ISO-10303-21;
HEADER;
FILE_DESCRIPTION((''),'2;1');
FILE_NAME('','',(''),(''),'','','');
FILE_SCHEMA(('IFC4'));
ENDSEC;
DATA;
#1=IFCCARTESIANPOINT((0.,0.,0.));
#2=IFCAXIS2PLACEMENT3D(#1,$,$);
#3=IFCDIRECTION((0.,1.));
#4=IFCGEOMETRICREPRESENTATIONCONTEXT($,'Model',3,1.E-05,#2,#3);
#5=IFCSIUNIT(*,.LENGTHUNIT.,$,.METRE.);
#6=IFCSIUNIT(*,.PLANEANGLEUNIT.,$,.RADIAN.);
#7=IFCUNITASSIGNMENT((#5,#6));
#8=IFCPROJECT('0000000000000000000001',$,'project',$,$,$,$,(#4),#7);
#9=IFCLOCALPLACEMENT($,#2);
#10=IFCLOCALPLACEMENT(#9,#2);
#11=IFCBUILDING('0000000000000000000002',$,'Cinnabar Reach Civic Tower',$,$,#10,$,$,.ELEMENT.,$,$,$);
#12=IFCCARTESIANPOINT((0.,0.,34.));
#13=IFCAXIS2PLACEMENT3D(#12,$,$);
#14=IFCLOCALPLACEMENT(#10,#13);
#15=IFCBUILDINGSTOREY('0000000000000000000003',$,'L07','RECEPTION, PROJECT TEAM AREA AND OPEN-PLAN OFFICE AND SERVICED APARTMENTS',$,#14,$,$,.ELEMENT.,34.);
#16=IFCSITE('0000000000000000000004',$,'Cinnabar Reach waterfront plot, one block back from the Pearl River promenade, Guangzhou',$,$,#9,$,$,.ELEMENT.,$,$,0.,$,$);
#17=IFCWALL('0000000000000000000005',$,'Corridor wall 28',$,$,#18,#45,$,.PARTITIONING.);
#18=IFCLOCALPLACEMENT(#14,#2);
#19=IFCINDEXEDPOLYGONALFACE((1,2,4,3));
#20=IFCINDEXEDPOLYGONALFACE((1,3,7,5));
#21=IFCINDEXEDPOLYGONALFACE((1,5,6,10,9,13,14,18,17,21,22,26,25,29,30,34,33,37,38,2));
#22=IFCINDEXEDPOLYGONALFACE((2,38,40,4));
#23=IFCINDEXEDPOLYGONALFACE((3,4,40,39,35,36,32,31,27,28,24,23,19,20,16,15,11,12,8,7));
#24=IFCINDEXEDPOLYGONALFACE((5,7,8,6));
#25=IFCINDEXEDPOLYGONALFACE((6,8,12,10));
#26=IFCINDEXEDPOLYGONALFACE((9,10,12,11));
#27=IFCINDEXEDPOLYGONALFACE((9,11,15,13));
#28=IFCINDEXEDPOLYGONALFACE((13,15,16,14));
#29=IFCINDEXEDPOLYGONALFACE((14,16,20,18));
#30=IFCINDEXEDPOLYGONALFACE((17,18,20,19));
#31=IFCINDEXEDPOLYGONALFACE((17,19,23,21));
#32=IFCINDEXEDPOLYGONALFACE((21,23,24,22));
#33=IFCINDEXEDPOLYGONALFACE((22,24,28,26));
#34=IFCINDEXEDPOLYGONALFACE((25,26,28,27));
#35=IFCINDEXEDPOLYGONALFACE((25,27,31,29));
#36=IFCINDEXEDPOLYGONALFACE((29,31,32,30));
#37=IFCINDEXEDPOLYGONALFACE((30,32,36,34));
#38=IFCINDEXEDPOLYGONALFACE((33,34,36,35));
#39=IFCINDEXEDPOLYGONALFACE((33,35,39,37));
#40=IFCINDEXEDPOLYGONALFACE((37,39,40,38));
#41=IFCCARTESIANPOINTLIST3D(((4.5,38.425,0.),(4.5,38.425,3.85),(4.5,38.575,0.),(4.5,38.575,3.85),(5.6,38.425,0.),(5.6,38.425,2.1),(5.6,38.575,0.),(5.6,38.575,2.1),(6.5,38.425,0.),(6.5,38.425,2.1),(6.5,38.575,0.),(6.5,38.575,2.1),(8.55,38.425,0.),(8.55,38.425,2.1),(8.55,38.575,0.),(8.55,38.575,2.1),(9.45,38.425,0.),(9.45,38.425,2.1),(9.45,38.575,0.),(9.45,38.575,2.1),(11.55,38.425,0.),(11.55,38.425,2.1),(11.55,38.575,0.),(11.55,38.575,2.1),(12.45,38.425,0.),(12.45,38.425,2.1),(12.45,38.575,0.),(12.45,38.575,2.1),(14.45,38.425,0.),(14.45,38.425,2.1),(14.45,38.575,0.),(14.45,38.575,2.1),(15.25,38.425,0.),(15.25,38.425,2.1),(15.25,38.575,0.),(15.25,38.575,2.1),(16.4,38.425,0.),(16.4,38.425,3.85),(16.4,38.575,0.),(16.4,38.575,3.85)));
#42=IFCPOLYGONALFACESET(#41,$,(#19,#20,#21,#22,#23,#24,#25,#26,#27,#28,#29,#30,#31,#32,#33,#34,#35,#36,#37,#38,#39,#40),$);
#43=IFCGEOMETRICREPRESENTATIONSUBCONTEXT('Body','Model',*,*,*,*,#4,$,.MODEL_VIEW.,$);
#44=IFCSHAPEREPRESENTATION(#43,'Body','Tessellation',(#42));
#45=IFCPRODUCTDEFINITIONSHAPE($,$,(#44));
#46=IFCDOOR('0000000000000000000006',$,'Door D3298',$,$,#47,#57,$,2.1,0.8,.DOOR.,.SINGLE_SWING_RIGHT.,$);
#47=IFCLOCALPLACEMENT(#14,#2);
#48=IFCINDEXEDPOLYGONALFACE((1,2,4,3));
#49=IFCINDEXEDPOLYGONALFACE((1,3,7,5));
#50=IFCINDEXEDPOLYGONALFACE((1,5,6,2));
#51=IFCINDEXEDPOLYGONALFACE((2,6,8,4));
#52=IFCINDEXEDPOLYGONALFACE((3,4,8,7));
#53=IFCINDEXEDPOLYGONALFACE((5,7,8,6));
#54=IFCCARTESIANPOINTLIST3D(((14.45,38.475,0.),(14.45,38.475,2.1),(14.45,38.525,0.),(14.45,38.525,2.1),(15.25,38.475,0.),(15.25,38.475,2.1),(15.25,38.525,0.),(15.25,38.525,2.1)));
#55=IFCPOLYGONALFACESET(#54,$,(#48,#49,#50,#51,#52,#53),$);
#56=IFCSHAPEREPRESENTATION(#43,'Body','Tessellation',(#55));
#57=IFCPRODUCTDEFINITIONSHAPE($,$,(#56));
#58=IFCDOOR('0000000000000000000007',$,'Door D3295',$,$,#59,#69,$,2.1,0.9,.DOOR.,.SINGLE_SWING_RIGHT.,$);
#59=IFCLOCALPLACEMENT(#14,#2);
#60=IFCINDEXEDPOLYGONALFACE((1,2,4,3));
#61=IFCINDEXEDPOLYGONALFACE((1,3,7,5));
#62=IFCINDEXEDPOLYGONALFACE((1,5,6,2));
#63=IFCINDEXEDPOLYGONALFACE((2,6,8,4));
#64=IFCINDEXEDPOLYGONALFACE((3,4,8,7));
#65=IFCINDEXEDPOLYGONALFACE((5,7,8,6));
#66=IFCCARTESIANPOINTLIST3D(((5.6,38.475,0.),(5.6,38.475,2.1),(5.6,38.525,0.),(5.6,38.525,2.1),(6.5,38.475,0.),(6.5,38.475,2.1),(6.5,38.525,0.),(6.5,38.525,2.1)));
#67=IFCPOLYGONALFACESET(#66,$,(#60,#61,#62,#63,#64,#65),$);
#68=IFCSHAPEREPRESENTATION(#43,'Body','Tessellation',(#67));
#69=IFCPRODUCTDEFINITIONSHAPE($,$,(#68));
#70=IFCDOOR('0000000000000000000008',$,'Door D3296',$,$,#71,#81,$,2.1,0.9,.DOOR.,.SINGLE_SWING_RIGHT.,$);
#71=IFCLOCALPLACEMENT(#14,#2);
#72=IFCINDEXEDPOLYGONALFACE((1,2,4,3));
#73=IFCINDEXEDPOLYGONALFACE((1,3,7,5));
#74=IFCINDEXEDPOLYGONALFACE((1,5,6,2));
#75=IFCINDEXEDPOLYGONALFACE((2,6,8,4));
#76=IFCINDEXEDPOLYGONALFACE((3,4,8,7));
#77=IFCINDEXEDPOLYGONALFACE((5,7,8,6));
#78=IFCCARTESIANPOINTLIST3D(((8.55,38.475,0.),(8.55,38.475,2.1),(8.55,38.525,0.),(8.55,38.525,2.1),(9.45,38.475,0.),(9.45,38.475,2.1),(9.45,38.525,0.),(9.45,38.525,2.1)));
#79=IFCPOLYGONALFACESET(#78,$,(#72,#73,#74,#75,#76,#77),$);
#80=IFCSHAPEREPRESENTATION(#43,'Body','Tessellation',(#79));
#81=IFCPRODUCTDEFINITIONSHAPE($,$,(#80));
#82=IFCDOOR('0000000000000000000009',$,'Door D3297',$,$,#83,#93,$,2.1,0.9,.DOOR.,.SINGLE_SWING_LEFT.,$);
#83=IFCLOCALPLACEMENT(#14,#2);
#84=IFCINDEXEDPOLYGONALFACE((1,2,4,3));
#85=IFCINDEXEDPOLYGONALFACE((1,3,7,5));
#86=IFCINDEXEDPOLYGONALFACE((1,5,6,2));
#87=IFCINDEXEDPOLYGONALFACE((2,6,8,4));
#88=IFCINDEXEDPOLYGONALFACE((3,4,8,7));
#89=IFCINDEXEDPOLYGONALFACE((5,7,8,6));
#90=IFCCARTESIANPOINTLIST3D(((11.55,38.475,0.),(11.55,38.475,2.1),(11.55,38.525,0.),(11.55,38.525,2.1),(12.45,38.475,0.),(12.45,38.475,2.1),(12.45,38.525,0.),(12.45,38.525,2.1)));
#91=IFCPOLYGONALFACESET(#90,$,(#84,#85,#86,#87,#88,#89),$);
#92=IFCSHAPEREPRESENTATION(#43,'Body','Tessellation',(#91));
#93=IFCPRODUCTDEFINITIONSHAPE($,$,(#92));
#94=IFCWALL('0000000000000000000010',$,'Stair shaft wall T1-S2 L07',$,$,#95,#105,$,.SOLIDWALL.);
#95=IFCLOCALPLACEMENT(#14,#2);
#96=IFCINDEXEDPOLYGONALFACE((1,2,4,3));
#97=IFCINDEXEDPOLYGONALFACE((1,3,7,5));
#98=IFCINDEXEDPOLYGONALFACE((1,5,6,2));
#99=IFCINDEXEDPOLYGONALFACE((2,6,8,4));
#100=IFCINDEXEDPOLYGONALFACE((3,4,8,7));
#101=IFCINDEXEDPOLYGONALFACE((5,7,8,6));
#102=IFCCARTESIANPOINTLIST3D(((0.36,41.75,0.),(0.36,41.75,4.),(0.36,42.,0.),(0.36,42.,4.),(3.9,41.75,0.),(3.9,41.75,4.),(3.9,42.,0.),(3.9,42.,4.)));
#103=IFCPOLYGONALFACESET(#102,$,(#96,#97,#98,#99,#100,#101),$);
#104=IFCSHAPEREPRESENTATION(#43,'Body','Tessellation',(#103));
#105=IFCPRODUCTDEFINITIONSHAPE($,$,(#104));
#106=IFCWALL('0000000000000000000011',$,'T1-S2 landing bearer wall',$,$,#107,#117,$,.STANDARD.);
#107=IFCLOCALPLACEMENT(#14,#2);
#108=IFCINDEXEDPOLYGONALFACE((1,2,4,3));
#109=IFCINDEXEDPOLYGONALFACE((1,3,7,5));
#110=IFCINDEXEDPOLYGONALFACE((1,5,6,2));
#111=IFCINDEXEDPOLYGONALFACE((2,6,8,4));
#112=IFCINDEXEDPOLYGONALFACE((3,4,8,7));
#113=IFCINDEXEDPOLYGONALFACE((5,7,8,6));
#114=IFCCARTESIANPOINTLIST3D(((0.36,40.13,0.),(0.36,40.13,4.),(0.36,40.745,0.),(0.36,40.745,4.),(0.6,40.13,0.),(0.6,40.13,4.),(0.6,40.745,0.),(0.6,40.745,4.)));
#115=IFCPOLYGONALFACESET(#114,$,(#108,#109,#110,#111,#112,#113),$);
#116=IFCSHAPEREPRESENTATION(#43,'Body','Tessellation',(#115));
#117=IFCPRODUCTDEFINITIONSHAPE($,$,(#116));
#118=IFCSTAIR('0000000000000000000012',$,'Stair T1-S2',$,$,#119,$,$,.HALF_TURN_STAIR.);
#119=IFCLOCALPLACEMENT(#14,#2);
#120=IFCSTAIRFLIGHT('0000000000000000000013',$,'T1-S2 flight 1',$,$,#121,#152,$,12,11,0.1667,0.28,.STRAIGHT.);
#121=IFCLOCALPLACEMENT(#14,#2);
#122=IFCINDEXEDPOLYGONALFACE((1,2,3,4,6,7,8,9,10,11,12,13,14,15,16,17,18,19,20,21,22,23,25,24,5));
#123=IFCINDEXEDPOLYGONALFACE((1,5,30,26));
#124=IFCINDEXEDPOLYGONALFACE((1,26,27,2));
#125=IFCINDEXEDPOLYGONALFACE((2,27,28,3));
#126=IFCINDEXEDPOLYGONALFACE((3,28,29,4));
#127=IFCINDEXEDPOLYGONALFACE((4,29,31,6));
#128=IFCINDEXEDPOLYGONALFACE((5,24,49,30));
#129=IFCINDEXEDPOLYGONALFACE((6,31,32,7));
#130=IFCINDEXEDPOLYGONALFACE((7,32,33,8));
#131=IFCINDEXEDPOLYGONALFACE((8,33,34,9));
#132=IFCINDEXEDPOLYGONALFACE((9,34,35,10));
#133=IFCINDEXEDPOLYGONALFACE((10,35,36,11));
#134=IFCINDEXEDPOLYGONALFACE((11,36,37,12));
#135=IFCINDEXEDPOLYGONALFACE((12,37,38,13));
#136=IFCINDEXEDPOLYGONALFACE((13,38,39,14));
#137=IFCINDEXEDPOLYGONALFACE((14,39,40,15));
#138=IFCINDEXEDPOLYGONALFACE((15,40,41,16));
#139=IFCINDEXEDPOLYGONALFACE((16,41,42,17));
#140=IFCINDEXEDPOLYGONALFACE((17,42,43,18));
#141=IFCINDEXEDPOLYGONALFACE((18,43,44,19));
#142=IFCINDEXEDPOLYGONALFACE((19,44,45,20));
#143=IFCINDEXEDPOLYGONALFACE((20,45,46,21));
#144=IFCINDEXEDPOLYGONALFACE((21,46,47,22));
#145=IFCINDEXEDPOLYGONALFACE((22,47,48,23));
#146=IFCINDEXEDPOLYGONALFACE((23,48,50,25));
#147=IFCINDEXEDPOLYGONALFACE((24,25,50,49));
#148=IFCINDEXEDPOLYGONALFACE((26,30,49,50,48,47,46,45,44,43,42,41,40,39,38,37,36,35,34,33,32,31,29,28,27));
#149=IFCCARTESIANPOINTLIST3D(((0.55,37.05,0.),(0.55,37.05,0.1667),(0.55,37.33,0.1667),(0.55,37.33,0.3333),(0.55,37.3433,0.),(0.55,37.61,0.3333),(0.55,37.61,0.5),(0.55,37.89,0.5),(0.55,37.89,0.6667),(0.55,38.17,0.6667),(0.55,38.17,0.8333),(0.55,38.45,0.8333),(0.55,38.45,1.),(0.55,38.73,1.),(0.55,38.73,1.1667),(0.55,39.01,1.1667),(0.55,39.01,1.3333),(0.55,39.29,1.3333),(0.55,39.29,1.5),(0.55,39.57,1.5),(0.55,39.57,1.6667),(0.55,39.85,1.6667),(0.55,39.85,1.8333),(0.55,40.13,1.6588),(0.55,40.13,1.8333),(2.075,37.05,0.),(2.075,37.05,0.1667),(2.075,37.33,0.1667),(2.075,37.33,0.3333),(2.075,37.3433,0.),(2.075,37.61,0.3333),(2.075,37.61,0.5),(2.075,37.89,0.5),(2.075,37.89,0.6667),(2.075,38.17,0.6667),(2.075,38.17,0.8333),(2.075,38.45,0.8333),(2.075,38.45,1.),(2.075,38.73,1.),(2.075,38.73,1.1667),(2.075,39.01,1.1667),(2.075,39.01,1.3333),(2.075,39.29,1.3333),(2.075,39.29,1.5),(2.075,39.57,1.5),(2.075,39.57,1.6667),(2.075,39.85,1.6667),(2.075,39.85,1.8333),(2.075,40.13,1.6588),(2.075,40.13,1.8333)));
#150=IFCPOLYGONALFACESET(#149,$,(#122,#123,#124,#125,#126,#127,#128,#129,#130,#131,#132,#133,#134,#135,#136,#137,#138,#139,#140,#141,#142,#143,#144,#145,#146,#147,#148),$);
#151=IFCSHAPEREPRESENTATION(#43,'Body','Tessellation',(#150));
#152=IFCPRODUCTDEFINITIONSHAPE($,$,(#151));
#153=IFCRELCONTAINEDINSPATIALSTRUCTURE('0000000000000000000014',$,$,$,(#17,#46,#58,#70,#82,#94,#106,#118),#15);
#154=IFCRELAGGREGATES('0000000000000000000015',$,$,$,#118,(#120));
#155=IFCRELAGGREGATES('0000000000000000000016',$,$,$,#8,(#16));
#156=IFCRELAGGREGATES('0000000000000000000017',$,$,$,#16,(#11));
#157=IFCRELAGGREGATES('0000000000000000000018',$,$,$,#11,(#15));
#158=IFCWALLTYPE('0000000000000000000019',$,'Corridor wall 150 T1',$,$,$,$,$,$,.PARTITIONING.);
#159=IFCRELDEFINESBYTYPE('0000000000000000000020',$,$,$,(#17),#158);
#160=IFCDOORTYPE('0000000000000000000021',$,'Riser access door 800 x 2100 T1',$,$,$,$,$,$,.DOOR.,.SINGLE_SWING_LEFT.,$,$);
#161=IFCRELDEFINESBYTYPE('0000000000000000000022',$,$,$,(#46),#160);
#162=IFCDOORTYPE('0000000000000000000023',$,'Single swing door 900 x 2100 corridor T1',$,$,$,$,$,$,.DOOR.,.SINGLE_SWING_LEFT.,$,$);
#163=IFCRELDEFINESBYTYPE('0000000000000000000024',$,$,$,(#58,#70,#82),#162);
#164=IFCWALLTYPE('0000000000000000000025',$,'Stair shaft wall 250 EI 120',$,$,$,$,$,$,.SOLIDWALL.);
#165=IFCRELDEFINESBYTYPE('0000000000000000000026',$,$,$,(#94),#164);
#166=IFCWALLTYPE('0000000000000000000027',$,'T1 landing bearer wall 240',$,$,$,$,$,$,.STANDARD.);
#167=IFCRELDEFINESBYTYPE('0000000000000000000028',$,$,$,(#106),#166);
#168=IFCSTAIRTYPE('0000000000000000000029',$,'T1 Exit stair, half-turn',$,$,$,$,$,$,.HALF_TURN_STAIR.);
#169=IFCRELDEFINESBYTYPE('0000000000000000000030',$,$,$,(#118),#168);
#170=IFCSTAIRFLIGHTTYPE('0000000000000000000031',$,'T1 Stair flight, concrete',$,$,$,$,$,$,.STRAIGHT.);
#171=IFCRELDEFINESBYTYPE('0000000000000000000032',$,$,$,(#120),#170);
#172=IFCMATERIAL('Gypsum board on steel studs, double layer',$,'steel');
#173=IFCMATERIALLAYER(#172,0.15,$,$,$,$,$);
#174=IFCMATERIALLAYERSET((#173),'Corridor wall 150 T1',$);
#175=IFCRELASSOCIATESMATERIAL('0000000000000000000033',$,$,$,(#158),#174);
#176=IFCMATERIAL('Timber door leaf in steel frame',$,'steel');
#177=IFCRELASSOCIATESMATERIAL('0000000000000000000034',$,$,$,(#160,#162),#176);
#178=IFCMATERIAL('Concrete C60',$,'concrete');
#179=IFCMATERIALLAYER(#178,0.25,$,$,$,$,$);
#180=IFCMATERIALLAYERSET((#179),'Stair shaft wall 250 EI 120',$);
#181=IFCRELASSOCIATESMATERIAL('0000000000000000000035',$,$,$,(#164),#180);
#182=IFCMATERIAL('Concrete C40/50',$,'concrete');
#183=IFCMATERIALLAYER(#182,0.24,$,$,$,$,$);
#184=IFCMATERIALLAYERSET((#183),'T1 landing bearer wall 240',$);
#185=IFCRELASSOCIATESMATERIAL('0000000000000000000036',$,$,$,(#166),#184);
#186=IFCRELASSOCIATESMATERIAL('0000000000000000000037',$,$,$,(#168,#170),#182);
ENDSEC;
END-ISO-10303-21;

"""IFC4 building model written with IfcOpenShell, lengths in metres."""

from ifc_helpers import new_model, si_unit, direction, frame, frame_2d, origin, place, context, subcontext, project, spatial, polyline, rectangle, outline, extrude, material, layer, layer_set, type_object, element, fill, aggregate, save


model = new_model("IFC4")

# Units and contexts
model_context = context("Model", 3, precision=1e-05, world=origin(), true_north=direction((0.0, 1.0)))
body_context = subcontext(model_context, "Body", "Model", "MODEL_VIEW")
ifc_project = project(units=[si_unit("LENGTHUNIT", "METRE"), si_unit("PLANEANGLEUNIT", "RADIAN")], contexts=[model_context])

# Site, building, storey
site_placement = place(None, origin())
site = spatial("IfcSite", under=ifc_project, at=site_placement, Name="Cinnabar Reach waterfront plot, one block back from the Pearl River promenade, Guangzhou", CompositionType="ELEMENT", RefElevation=0.0)
building_placement = place(site_placement, origin())
building = spatial("IfcBuilding", under=site, at=building_placement, Name="Cinnabar Reach Civic Tower", CompositionType="ELEMENT")
storey_placement = place(building_placement, frame((0.0, 0.0, 34.0)))
storey = spatial("IfcBuildingStorey", under=building, at=storey_placement, Name="L07", Description="RECEPTION, PROJECT TEAM AREA AND OPEN-PLAN OFFICE AND SERVICED APARTMENTS", CompositionType="ELEMENT", Elevation=34.0)

# Shared definitions
ifc_material_1 = material(Name="Timber door leaf in steel frame", Category="steel")

# Wall, openings, doors
ifc_material_2 = material(Name="Gypsum board on steel studs, double layer", Category="steel")
ifc_layer_1 = layer(ifc_material_2, 0.15)
ifc_layer_set_1 = layer_set([ifc_layer_1], Name="Corridor wall 150 T1")
wall_type_1 = type_object("IfcWallType", Name="Corridor wall 150 T1", PredefinedType="PARTITIONING", material=ifc_layer_set_1)
wall_1_placement = place(storey_placement, frame((4.5, 38.5, 0.0), z_axis=(0.0, 0.0, 1.0), x_axis=(1.0, 0.0, 0.0)))
wall_1 = element("IfcWall", 1, at=wall_1_placement, inside=storey, type_object=wall_type_1, Name="Corridor wall 28", PredefinedType="PARTITIONING", context=body_context, shape_type="SweptSolid", body=[
    extrude(rectangle(XDim=11.9, YDim=0.15, at=frame_2d((5.95, 0.0))), origin(), (0.0, 0.0, 1.0), 3.85),
])
opening_1_placement = place(wall_1_placement, frame((1.1, 0.0, 0.0)))
opening_1 = element("IfcOpeningElement", 2, at=opening_1_placement, cuts=wall_1, PredefinedType="OPENING", context=body_context, shape_type="SweptSolid", body=[
    extrude(rectangle(XDim=0.9, YDim=2.1, at=frame_2d((0.45, 1.05))), frame((0.0, 0.085, 0.0), z_axis=(0.0, -1.0, 0.0), x_axis=(1.0, 0.0, 0.0)), (0.0, 0.0, 1.0), 0.17),
])
opening_2_placement = place(wall_1_placement, frame((4.05, 0.0, 0.0)))
opening_2 = element("IfcOpeningElement", 3, at=opening_2_placement, cuts=wall_1, PredefinedType="OPENING", context=body_context, shape_type="SweptSolid", body=[
    extrude(rectangle(XDim=0.9, YDim=2.1, at=frame_2d((0.45, 1.05))), frame((0.0, 0.085, 0.0), z_axis=(0.0, -1.0, 0.0), x_axis=(1.0, 0.0, 0.0)), (0.0, 0.0, 1.0), 0.17),
])
opening_3_placement = place(wall_1_placement, frame((7.05, 0.0, 0.0)))
opening_3 = element("IfcOpeningElement", 4, at=opening_3_placement, cuts=wall_1, PredefinedType="OPENING", context=body_context, shape_type="SweptSolid", body=[
    extrude(rectangle(XDim=0.9, YDim=2.1, at=frame_2d((0.45, 1.05))), frame((0.0, 0.085, 0.0), z_axis=(0.0, -1.0, 0.0), x_axis=(1.0, 0.0, 0.0)), (0.0, 0.0, 1.0), 0.17),
])
opening_4_placement = place(wall_1_placement, frame((9.95, 0.0, 0.0)))
opening_4 = element("IfcOpeningElement", 5, at=opening_4_placement, cuts=wall_1, PredefinedType="OPENING", context=body_context, shape_type="SweptSolid", body=[
    extrude(rectangle(XDim=0.8, YDim=2.1, at=frame_2d((0.4, 1.05))), frame((0.0, 0.085, 0.0), z_axis=(0.0, -1.0, 0.0), x_axis=(1.0, 0.0, 0.0)), (0.0, 0.0, 1.0), 0.17),
])
door_type_1 = type_object("IfcDoorType", Name="Riser access door 800 x 2100 T1", OperationType="SINGLE_SWING_LEFT", PredefinedType="DOOR", material=ifc_material_1)
door_1_placement = place(opening_4_placement, origin())
door_1 = element("IfcDoor", 6, at=door_1_placement, inside=storey, type_object=door_type_1, Name="Door D3298", OperationType="SINGLE_SWING_RIGHT", OverallHeight=2.1, OverallWidth=0.8, PredefinedType="DOOR", context=body_context, shape_type="SweptSolid", body=[
    extrude(rectangle(XDim=0.8, YDim=2.1, at=frame_2d((0.4, 1.05))), frame((0.0, 0.025, 0.0), z_axis=(0.0, -1.0, 0.0), x_axis=(1.0, 0.0, 0.0)), (0.0, 0.0, 1.0), 0.05),
])
fill(opening_4, door_1)
door_type_2 = type_object("IfcDoorType", Name="Single swing door 900 x 2100 corridor T1", OperationType="SINGLE_SWING_LEFT", PredefinedType="DOOR", material=ifc_material_1)
door_2_placement = place(opening_1_placement, origin())
door_2 = element("IfcDoor", 7, at=door_2_placement, inside=storey, type_object=door_type_2, Name="Door D3295", OperationType="SINGLE_SWING_RIGHT", OverallHeight=2.1, OverallWidth=0.9, PredefinedType="DOOR", context=body_context, shape_type="SweptSolid", body=[
    extrude(rectangle(XDim=0.9, YDim=2.1, at=frame_2d((0.45, 1.05))), frame((0.0, 0.025, 0.0), z_axis=(0.0, -1.0, 0.0), x_axis=(1.0, 0.0, 0.0)), (0.0, 0.0, 1.0), 0.05),
])
fill(opening_1, door_2)
door_3_placement = place(opening_2_placement, origin())
door_3 = element("IfcDoor", 8, at=door_3_placement, inside=storey, type_object=door_type_2, Name="Door D3296", OperationType="SINGLE_SWING_RIGHT", OverallHeight=2.1, OverallWidth=0.9, PredefinedType="DOOR", context=body_context, shape_type="SweptSolid", body=[
    extrude(rectangle(XDim=0.9, YDim=2.1, at=frame_2d((0.45, 1.05))), frame((0.0, 0.025, 0.0), z_axis=(0.0, -1.0, 0.0), x_axis=(1.0, 0.0, 0.0)), (0.0, 0.0, 1.0), 0.05),
])
fill(opening_2, door_3)
door_4_placement = place(opening_3_placement, origin())
door_4 = element("IfcDoor", 9, at=door_4_placement, inside=storey, type_object=door_type_2, Name="Door D3297", OperationType="SINGLE_SWING_LEFT", OverallHeight=2.1, OverallWidth=0.9, PredefinedType="DOOR", context=body_context, shape_type="SweptSolid", body=[
    extrude(rectangle(XDim=0.9, YDim=2.1, at=frame_2d((0.45, 1.05))), frame((0.0, 0.025, 0.0), z_axis=(0.0, -1.0, 0.0), x_axis=(1.0, 0.0, 0.0)), (0.0, 0.0, 1.0), 0.05),
])
fill(opening_3, door_4)

# Walls
ifc_material_3 = material(Name="Concrete C60", Category="concrete")
ifc_layer_2 = layer(ifc_material_3, 0.25)
ifc_layer_set_2 = layer_set([ifc_layer_2], Name="Stair shaft wall 250 EI 120")
wall_type_2 = type_object("IfcWallType", Name="Stair shaft wall 250 EI 120", PredefinedType="SOLIDWALL", material=ifc_layer_set_2)
wall_2_placement = place(storey_placement, frame((3.9, 41.875, 0.0), z_axis=(0.0, 0.0, 1.0), x_axis=(-1.0, 0.0, 0.0)))
element("IfcWall", 10, at=wall_2_placement, inside=storey, type_object=wall_type_2, Name="Stair shaft wall T1-S2 L07", PredefinedType="SOLIDWALL", context=body_context, shape_type="SweptSolid", body=[
    extrude(rectangle(XDim=3.54, YDim=0.25, at=frame_2d((1.77, 0.0))), origin(), (0.0, 0.0, 1.0), 4.0),
])
ifc_material_4 = material(Name="Concrete C40/50", Category="concrete")
ifc_layer_3 = layer(ifc_material_4, 0.24)
ifc_layer_set_3 = layer_set([ifc_layer_3], Name="T1 landing bearer wall 240")
wall_type_3 = type_object("IfcWallType", Name="T1 landing bearer wall 240", PredefinedType="STANDARD", material=ifc_layer_set_3)
wall_3_placement = place(storey_placement, frame((0.48, 40.13, 0.0), z_axis=(0.0, 0.0, 1.0), x_axis=(0.0, 1.0, 0.0)))
element("IfcWall", 11, at=wall_3_placement, inside=storey, type_object=wall_type_3, Name="T1-S2 landing bearer wall", PredefinedType="STANDARD", context=body_context, shape_type="SweptSolid", body=[
    extrude(rectangle(XDim=0.6151, YDim=0.24, at=frame_2d((0.3075, 0.0))), origin(), (0.0, 0.0, 1.0), 4.0),
])

# Stair, stair flight
stair_type = type_object("IfcStairType", Name="T1 Exit stair, half-turn", PredefinedType="HALF_TURN_STAIR", material=ifc_material_4)
stair_placement = place(storey_placement, origin())
stair = element("IfcStair", 12, at=stair_placement, inside=storey, type_object=stair_type, Name="Stair T1-S2", PredefinedType="HALF_TURN_STAIR")
stair_flight_type = type_object("IfcStairFlightType", Name="T1 Stair flight, concrete", PredefinedType="STRAIGHT", material=ifc_material_4)
stair_flight_1_placement = place(storey_placement, frame((1.3125, 37.05, 0.0), z_axis=(0.0, 0.0, 1.0), x_axis=(0.0, 1.0, 0.0)))
stair_flight_1 = element("IfcStairFlight", 13, at=stair_flight_1_placement, type_object=stair_flight_type, Name="T1-S2 flight 1", NumberOfRisers=12, NumberOfTreads=11, PredefinedType="STRAIGHT", RiserHeight=0.1667, TreadLength=0.28, context=body_context, shape_type="SweptSolid", body=[
    extrude(outline(polyline([(0.0, 0.0), (0.0, 0.1667), (0.28, 0.1667), (0.28, 0.3333), (0.56, 0.3333), (0.56, 0.5), (0.84, 0.5), (0.84, 0.6667), (1.12, 0.6667), (1.12, 0.8333), (1.4, 0.8333), (1.4, 1.0), (1.68, 1.0), (1.68, 1.1667), (1.96, 1.1667), (1.96, 1.3333), (2.24, 1.3333), (2.24, 1.5), (2.52, 1.5), (2.52, 1.6667), (2.8, 1.6667), (2.8, 1.8333), (3.08, 1.8333), (3.08, 2.0), (3.08, 1.6588), (0.2933, 0.0), (0.0, 0.0)])), frame((0.0, 0.7625, 0.0), z_axis=(0.0, -1.0, 0.0), x_axis=(1.0, 0.0, 0.0)), (0.0, 0.0, 1.0), 1.525),
])
aggregate(stair, [stair_flight_1])

save(model, "model.ifc")
